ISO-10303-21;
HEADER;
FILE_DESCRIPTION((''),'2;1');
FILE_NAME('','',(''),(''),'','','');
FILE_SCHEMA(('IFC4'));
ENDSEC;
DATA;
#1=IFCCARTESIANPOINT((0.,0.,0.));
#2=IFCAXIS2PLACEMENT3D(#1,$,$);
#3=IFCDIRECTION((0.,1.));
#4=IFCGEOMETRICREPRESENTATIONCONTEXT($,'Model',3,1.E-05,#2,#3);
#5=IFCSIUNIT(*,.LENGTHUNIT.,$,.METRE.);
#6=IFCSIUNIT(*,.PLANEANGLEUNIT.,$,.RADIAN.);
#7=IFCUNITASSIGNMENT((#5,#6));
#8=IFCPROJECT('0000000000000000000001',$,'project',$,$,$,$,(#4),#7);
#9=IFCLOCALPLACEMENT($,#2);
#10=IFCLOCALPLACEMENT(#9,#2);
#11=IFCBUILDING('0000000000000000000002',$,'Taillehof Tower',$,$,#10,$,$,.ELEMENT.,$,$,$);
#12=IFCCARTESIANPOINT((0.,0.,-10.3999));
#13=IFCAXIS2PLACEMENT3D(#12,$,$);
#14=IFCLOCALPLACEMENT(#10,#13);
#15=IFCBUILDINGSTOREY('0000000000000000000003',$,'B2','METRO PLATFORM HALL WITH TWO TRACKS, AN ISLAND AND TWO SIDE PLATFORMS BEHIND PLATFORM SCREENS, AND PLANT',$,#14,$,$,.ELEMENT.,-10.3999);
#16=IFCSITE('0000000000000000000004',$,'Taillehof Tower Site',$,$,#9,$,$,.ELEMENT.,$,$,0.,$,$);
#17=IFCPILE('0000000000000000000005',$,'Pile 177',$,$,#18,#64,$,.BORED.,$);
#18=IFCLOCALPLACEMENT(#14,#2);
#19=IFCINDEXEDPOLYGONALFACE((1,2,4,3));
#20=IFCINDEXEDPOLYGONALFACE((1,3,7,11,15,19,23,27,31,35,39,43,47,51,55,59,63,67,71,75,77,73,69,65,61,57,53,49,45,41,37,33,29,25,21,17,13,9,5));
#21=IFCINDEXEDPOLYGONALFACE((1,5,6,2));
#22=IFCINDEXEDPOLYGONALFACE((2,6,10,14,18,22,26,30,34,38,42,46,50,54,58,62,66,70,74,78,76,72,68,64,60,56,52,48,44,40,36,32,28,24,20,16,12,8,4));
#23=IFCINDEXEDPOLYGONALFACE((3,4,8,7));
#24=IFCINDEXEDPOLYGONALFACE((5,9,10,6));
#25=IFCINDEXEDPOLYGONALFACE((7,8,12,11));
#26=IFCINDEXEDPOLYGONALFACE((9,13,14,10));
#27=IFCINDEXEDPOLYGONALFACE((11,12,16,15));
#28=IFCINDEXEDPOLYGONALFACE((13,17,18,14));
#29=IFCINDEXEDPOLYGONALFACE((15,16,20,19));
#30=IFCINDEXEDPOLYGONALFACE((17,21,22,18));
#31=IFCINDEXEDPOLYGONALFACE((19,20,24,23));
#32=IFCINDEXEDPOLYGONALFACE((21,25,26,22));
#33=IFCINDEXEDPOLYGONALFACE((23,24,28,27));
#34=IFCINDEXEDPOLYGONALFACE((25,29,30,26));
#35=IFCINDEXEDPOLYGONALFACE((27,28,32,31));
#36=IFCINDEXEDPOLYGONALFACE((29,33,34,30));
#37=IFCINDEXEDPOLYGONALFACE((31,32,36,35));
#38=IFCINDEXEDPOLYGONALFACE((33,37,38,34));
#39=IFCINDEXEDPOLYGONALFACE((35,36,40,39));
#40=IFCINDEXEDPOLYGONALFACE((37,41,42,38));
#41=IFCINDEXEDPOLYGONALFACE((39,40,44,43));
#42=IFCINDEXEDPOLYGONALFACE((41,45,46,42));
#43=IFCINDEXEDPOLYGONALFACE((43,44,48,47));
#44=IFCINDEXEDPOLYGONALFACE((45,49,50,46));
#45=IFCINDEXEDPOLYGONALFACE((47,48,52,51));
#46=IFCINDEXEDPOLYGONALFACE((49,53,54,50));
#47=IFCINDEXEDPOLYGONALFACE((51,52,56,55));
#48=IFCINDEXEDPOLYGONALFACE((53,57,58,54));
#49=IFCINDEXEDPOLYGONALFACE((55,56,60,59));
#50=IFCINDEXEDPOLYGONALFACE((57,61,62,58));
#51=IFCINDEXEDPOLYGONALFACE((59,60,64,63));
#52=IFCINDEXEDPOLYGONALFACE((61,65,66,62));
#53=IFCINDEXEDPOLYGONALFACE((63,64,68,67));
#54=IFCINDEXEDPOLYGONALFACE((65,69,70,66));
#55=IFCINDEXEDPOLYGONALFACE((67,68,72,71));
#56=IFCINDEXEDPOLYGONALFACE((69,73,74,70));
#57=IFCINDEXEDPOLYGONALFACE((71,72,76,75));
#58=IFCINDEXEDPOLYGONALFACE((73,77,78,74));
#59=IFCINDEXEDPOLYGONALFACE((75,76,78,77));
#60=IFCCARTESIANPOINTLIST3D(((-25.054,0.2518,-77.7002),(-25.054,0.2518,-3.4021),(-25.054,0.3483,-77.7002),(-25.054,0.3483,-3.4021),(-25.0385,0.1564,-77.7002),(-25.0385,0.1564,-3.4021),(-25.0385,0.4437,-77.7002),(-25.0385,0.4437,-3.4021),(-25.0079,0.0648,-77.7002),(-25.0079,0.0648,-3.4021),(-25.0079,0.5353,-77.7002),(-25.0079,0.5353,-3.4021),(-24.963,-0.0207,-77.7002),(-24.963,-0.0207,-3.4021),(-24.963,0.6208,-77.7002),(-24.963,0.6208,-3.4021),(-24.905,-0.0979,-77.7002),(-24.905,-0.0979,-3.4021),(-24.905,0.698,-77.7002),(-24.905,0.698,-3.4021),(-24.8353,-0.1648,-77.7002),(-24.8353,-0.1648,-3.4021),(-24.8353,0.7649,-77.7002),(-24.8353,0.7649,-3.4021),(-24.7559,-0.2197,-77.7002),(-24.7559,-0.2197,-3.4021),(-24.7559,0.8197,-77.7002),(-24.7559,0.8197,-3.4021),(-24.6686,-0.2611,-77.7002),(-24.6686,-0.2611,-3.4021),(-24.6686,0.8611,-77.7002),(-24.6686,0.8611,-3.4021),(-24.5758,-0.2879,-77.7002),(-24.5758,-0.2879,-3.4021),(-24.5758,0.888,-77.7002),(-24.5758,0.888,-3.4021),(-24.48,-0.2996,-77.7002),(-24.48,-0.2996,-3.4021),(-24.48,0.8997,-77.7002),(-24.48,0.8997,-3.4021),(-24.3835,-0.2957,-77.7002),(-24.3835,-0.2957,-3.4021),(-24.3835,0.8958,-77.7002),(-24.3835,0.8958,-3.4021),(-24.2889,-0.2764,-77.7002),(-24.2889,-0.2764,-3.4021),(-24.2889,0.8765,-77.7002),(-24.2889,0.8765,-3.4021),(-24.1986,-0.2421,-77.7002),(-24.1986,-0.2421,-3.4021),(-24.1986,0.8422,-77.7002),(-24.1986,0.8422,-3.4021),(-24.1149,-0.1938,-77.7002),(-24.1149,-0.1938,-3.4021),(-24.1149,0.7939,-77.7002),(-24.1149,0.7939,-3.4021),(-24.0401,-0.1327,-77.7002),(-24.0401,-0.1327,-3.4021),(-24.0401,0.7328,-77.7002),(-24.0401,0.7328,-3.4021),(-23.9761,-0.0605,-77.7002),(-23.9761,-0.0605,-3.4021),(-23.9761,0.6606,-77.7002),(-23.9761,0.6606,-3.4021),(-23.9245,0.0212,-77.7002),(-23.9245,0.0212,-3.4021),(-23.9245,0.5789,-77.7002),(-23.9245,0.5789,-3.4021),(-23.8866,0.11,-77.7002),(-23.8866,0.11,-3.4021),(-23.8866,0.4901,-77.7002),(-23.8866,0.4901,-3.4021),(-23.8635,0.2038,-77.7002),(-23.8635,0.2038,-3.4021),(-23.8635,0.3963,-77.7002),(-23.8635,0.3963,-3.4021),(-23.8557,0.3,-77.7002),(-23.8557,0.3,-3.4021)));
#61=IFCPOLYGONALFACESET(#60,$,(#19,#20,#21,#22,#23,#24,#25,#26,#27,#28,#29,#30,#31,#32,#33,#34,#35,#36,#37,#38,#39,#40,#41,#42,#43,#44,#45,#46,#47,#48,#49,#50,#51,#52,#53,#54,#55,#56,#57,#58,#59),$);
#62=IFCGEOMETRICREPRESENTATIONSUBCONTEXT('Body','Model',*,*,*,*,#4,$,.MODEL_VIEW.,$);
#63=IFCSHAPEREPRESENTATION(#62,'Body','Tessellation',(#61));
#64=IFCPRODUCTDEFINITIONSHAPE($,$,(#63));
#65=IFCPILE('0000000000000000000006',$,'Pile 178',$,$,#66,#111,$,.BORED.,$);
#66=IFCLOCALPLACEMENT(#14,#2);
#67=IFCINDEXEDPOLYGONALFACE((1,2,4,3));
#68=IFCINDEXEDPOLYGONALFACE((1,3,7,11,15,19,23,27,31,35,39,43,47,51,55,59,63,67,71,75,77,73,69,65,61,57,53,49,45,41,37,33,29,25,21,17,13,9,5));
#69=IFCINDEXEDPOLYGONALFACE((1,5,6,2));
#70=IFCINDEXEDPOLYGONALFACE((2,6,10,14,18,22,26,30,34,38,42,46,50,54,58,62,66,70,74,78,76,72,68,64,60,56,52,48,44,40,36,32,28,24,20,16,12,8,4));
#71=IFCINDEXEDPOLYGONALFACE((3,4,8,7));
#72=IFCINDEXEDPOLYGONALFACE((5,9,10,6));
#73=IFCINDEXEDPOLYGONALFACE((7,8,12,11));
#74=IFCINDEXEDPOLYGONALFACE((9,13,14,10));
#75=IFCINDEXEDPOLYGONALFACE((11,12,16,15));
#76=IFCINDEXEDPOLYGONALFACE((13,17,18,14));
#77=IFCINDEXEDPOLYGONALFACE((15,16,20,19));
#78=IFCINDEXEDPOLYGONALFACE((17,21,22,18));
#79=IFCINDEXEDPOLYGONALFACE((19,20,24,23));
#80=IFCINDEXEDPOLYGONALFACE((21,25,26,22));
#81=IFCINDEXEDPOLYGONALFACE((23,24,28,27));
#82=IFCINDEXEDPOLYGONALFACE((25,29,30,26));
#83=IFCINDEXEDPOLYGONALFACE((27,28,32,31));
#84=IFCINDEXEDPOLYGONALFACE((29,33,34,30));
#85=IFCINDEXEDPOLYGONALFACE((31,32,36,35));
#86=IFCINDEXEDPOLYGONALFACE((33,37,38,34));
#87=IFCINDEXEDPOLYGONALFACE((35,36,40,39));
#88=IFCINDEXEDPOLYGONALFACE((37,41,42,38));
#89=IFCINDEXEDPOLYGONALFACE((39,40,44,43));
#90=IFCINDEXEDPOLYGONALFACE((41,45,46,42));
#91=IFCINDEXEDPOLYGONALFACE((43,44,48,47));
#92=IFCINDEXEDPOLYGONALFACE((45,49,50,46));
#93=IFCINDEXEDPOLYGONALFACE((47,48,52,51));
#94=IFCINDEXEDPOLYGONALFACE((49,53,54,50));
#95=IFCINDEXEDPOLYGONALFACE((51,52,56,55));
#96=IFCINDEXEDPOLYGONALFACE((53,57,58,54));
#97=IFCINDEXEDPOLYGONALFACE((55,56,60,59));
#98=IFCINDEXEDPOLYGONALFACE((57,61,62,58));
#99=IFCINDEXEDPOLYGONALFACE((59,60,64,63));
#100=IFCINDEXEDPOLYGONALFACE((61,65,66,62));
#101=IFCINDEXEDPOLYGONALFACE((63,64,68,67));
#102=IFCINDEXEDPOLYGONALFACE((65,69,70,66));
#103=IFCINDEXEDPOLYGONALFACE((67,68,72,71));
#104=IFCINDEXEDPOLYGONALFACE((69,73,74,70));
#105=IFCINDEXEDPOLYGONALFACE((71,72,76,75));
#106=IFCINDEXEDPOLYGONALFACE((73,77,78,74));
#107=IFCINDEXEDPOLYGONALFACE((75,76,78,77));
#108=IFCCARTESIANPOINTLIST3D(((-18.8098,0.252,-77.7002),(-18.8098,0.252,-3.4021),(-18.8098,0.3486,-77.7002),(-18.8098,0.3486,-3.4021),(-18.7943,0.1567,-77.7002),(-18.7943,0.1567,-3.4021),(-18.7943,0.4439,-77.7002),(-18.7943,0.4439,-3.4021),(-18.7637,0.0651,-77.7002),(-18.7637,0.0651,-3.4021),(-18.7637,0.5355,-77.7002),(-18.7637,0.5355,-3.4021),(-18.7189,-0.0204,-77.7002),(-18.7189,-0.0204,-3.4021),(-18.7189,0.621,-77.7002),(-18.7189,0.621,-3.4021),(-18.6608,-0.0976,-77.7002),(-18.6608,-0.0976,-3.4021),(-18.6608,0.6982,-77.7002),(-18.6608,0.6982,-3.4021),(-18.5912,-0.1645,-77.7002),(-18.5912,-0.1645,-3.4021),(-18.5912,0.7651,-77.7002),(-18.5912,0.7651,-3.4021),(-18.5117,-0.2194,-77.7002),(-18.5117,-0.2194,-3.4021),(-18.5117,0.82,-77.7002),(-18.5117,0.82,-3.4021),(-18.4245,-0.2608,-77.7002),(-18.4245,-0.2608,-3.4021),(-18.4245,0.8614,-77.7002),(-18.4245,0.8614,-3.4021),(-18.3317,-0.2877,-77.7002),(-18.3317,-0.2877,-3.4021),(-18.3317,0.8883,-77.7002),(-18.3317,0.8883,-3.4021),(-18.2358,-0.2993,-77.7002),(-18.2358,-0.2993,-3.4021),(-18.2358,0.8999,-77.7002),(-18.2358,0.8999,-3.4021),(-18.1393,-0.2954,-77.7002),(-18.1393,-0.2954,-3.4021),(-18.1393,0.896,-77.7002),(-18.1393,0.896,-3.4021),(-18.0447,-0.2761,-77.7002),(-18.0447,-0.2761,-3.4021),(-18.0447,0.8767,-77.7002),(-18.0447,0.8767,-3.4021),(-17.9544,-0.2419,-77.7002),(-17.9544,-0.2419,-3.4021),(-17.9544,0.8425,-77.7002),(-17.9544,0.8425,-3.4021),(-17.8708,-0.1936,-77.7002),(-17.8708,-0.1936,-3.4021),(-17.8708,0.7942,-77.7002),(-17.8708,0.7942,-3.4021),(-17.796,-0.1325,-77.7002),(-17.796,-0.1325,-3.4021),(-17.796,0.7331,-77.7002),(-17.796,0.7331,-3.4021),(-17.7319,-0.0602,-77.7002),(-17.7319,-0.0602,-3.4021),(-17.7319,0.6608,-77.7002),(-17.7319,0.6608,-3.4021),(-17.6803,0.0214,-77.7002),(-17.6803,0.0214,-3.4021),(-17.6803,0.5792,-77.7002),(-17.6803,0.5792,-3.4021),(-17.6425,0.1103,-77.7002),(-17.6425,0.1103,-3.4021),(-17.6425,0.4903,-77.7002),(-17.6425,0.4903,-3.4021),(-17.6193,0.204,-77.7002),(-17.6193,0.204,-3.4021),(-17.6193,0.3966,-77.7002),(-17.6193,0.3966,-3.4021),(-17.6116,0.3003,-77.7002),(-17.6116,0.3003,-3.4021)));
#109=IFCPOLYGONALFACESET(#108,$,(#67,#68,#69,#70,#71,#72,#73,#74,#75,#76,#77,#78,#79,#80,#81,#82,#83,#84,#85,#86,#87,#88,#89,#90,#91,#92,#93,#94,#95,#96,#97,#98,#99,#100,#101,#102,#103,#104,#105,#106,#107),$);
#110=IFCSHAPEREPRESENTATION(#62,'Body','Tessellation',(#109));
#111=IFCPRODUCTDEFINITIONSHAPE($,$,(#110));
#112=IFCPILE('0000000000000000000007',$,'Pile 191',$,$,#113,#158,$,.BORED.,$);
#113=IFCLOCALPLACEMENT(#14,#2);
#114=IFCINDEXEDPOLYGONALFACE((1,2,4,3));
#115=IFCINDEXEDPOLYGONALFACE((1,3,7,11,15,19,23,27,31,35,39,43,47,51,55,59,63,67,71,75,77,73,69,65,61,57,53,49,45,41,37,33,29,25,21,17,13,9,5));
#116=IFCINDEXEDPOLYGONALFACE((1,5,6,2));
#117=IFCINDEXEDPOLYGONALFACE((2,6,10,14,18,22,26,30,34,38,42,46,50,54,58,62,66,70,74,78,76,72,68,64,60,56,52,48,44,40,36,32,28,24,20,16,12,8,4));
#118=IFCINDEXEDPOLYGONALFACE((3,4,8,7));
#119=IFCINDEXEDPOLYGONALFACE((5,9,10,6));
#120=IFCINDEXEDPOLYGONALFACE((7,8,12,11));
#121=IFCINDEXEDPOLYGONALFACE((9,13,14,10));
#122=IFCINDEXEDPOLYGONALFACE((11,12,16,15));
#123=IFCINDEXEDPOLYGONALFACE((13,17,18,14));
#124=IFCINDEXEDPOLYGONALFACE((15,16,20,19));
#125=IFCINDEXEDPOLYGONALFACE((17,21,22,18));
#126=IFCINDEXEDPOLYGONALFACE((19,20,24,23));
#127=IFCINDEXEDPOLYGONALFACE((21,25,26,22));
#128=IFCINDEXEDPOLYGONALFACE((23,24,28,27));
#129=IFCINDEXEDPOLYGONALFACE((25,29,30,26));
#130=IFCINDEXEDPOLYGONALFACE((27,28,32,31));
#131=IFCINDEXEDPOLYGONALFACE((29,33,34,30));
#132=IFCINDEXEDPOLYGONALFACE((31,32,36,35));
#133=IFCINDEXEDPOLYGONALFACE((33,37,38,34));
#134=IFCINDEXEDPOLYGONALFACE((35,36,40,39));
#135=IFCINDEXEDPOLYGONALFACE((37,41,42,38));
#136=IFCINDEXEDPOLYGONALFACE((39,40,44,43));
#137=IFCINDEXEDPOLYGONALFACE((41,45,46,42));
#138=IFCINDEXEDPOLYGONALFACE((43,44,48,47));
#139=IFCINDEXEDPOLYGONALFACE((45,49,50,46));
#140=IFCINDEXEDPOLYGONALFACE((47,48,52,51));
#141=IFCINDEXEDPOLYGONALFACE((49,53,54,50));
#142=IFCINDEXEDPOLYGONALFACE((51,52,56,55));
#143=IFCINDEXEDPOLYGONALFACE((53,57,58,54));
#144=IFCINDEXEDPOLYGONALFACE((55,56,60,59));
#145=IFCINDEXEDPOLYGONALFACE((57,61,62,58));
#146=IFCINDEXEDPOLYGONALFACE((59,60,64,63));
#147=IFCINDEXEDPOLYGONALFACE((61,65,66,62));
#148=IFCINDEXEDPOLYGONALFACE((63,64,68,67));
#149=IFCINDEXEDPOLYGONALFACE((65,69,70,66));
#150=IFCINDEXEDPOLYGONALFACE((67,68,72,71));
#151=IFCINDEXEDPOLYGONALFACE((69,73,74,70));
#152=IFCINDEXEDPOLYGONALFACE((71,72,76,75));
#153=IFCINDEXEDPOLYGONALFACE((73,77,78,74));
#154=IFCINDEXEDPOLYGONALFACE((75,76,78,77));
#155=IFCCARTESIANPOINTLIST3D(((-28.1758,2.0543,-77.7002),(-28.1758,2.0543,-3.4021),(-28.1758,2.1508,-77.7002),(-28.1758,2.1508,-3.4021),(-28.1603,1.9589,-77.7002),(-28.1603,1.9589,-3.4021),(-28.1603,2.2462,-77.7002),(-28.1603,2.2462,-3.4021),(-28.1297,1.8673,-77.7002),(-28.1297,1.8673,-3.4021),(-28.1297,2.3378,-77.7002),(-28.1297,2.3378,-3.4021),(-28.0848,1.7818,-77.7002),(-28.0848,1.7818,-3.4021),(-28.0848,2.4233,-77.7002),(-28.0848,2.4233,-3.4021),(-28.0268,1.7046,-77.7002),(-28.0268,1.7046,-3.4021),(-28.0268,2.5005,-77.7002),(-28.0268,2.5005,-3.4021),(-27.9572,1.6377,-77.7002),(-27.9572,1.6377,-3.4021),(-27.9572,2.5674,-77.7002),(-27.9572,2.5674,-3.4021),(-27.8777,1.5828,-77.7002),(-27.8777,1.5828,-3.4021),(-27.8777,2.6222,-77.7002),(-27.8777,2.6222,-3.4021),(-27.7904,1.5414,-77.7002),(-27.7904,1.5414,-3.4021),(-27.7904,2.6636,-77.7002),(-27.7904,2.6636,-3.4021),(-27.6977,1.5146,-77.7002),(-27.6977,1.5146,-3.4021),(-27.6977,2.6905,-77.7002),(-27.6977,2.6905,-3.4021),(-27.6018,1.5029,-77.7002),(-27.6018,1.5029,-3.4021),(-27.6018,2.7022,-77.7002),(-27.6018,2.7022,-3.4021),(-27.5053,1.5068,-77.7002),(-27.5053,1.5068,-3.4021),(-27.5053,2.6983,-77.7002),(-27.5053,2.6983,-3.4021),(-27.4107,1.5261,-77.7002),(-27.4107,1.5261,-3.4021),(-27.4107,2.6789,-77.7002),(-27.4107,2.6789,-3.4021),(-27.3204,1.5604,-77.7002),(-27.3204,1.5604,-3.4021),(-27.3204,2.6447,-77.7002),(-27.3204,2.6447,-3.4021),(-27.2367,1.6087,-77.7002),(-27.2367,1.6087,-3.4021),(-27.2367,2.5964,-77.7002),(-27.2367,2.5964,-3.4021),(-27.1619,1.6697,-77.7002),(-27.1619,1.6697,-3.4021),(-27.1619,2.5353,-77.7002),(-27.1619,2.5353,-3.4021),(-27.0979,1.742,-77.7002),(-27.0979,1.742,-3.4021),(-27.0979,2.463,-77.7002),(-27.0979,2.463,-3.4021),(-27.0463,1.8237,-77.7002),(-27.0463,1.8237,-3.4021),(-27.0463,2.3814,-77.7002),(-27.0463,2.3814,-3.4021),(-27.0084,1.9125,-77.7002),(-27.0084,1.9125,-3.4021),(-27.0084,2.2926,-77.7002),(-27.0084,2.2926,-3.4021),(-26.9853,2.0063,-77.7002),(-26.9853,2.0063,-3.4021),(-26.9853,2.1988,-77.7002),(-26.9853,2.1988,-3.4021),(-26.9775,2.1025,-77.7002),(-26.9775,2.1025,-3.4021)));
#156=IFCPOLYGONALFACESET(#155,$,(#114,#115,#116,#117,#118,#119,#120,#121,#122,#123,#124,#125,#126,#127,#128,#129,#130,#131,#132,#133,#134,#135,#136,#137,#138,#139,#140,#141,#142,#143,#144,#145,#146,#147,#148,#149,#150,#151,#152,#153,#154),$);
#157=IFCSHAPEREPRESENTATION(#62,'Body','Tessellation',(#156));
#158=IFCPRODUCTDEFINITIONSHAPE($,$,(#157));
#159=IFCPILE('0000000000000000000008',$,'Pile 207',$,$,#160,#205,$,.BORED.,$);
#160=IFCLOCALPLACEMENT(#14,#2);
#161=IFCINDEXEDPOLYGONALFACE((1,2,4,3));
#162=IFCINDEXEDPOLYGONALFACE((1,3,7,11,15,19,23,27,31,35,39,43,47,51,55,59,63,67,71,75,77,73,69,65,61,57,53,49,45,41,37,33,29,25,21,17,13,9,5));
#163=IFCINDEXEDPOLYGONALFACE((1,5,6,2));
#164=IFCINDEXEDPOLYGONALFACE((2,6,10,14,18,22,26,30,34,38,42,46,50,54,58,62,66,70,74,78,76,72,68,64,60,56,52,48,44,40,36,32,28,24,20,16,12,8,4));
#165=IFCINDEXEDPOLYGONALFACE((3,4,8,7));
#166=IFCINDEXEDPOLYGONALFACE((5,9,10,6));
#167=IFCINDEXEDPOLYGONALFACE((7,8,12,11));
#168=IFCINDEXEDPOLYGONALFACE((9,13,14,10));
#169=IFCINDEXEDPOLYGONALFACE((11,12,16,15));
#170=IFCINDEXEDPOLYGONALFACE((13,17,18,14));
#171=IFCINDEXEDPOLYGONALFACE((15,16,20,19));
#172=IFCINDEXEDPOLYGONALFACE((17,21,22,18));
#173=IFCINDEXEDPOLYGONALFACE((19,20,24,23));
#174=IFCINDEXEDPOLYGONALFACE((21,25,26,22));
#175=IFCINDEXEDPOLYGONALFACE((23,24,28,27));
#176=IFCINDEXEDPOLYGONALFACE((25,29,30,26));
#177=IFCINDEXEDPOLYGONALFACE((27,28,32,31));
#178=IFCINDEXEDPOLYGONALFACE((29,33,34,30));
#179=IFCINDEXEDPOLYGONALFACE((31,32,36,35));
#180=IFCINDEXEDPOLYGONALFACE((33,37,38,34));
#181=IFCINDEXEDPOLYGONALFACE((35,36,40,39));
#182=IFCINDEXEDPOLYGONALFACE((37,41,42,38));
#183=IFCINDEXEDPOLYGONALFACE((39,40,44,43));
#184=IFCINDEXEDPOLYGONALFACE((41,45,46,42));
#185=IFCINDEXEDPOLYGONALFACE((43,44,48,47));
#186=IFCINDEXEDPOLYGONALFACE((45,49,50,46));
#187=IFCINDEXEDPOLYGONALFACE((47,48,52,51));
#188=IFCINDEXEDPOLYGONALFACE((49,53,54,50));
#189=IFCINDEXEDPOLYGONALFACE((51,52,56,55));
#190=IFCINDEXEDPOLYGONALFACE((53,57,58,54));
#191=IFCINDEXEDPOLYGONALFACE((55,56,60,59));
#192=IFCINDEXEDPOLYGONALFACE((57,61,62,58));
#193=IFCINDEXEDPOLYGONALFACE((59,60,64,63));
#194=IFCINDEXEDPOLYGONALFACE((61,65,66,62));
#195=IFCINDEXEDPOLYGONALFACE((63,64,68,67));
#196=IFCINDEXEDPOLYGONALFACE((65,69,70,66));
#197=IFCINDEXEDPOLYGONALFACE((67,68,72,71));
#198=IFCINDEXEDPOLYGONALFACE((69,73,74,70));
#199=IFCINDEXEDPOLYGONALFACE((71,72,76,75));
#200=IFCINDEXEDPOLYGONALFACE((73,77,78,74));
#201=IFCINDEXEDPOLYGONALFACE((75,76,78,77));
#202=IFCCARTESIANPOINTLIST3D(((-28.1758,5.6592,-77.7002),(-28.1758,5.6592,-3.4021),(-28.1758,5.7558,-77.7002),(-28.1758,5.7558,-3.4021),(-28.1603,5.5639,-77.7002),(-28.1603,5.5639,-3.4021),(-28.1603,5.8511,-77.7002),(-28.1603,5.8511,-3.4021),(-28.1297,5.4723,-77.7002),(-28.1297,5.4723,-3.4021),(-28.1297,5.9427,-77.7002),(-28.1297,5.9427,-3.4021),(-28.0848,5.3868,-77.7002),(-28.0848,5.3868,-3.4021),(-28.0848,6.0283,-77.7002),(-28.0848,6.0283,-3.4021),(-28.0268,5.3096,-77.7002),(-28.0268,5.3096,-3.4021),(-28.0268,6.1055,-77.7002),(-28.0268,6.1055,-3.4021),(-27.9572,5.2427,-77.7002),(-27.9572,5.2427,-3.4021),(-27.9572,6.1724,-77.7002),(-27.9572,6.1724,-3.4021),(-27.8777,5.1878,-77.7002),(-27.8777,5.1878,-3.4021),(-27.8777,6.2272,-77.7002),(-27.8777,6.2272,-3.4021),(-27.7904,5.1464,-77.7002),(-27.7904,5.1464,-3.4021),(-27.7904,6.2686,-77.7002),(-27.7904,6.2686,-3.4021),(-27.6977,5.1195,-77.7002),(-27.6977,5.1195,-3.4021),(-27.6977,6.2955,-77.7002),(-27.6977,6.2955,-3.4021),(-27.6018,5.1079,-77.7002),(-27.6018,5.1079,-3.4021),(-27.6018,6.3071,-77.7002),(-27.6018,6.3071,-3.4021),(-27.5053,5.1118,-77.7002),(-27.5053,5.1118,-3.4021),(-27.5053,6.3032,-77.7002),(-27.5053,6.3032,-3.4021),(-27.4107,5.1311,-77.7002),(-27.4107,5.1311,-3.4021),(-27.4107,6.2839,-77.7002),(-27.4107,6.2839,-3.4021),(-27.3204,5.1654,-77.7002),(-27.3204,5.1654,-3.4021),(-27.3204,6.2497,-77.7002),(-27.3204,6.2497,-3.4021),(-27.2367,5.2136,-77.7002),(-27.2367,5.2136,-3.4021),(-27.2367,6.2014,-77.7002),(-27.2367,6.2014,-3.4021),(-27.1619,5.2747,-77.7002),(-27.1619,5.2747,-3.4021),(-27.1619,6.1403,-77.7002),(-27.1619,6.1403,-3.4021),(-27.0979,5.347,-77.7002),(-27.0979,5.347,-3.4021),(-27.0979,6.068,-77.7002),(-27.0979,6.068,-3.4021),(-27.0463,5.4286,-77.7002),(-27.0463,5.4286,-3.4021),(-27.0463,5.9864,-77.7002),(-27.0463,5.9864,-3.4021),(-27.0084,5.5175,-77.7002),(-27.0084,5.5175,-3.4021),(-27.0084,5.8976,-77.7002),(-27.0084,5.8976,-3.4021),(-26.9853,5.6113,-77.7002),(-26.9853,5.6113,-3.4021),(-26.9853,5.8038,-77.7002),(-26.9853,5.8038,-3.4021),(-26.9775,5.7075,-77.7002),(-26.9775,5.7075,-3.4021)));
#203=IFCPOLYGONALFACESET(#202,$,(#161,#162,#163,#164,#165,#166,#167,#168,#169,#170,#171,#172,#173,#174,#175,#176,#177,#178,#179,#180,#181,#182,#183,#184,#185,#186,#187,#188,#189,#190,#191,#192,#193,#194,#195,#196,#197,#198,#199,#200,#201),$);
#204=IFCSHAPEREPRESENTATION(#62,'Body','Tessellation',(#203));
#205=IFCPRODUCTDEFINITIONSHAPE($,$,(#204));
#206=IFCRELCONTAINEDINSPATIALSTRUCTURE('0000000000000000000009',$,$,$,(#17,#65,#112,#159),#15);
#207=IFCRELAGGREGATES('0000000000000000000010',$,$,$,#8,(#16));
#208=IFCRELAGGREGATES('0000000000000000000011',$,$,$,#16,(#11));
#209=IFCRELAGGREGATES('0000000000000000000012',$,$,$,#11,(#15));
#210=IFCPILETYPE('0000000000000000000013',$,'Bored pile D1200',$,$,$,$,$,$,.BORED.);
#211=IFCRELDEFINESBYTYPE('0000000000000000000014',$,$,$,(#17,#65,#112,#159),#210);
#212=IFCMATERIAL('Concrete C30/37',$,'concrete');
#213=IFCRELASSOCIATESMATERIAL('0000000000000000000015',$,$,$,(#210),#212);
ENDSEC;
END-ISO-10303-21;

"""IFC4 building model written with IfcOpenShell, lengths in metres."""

from ifc_helpers import new_model, si_unit, direction, frame, origin, origin_2d, place, context, subcontext, project, spatial, circle, extrude, material, material_profile, profile_set, type_object, element, save


model = new_model("IFC4")

# Units and contexts
model_context = context("Model", 3, precision=1e-05, world=origin(), true_north=direction((0.0, 1.0)))
body_context = subcontext(model_context, "Body", "Model", "MODEL_VIEW")
ifc_project = project(units=[si_unit("LENGTHUNIT", "METRE"), si_unit("PLANEANGLEUNIT", "RADIAN")], contexts=[model_context])

# Site, building, storey
site_placement = place(None, origin())
site = spatial("IfcSite", under=ifc_project, at=site_placement, Name="Taillehof Tower Site", CompositionType="ELEMENT", RefElevation=0.0)
building_placement = place(site_placement, origin())
building = spatial("IfcBuilding", under=site, at=building_placement, Name="Taillehof Tower", CompositionType="ELEMENT")
storey_placement = place(building_placement, frame((0.0, 0.0, -10.3999)))
storey = spatial("IfcBuildingStorey", under=building, at=storey_placement, Name="B2", Description="METRO PLATFORM HALL WITH TWO TRACKS, AN ISLAND AND TWO SIDE PLATFORMS BEHIND PLATFORM SCREENS, AND PLANT", CompositionType="ELEMENT", Elevation=-10.3999)

# Piles
ifc_material_1 = material(Name="Concrete C30/37", Category="concrete")
ifc_material_profile_1 = material_profile(ifc_material_1, circle(Radius=0.6001, at=origin_2d()), Name="BP D1200")
ifc_profile_set_1 = profile_set([ifc_material_profile_1], Name="Concrete C30/37")
pile_type = type_object("IfcPileType", Name="Bored pile D1200", PredefinedType="BORED", material=ifc_profile_set_1)
for number, where, z_axis, x_axis, name in (
    (1, (-24.4558, 0.3, -3.4021), (0.0, 0.0, -1.0), (1.0, 0.0, 0.0), "Pile 177"),
    (2, (-18.2117, 0.3003, -3.4021), (0.0, 0.0, -1.0), (1.0, 0.0, 0.0), "Pile 178"),
    (3, (-27.5776, 2.1025, -3.4021), (0.0, 0.0, -1.0), (1.0, 0.0, 0.0), "Pile 191"),
    (4, (-27.5776, 5.7075, -3.4021), (0.0, 0.0, -1.0), (1.0, 0.0, 0.0), "Pile 207"),
):
    element("IfcPile", number, at=place(storey_placement, frame(where, z_axis=z_axis, x_axis=x_axis)), inside=storey, type_object=pile_type, Name=name, PredefinedType="BORED", context=body_context, shape_type="SweptSolid", body=[
        extrude(circle(Radius=0.6001, at=origin_2d()), origin(), (0.0, 0.0, 1.0), 74.2981),
    ])

save(model, "model.ifc")
